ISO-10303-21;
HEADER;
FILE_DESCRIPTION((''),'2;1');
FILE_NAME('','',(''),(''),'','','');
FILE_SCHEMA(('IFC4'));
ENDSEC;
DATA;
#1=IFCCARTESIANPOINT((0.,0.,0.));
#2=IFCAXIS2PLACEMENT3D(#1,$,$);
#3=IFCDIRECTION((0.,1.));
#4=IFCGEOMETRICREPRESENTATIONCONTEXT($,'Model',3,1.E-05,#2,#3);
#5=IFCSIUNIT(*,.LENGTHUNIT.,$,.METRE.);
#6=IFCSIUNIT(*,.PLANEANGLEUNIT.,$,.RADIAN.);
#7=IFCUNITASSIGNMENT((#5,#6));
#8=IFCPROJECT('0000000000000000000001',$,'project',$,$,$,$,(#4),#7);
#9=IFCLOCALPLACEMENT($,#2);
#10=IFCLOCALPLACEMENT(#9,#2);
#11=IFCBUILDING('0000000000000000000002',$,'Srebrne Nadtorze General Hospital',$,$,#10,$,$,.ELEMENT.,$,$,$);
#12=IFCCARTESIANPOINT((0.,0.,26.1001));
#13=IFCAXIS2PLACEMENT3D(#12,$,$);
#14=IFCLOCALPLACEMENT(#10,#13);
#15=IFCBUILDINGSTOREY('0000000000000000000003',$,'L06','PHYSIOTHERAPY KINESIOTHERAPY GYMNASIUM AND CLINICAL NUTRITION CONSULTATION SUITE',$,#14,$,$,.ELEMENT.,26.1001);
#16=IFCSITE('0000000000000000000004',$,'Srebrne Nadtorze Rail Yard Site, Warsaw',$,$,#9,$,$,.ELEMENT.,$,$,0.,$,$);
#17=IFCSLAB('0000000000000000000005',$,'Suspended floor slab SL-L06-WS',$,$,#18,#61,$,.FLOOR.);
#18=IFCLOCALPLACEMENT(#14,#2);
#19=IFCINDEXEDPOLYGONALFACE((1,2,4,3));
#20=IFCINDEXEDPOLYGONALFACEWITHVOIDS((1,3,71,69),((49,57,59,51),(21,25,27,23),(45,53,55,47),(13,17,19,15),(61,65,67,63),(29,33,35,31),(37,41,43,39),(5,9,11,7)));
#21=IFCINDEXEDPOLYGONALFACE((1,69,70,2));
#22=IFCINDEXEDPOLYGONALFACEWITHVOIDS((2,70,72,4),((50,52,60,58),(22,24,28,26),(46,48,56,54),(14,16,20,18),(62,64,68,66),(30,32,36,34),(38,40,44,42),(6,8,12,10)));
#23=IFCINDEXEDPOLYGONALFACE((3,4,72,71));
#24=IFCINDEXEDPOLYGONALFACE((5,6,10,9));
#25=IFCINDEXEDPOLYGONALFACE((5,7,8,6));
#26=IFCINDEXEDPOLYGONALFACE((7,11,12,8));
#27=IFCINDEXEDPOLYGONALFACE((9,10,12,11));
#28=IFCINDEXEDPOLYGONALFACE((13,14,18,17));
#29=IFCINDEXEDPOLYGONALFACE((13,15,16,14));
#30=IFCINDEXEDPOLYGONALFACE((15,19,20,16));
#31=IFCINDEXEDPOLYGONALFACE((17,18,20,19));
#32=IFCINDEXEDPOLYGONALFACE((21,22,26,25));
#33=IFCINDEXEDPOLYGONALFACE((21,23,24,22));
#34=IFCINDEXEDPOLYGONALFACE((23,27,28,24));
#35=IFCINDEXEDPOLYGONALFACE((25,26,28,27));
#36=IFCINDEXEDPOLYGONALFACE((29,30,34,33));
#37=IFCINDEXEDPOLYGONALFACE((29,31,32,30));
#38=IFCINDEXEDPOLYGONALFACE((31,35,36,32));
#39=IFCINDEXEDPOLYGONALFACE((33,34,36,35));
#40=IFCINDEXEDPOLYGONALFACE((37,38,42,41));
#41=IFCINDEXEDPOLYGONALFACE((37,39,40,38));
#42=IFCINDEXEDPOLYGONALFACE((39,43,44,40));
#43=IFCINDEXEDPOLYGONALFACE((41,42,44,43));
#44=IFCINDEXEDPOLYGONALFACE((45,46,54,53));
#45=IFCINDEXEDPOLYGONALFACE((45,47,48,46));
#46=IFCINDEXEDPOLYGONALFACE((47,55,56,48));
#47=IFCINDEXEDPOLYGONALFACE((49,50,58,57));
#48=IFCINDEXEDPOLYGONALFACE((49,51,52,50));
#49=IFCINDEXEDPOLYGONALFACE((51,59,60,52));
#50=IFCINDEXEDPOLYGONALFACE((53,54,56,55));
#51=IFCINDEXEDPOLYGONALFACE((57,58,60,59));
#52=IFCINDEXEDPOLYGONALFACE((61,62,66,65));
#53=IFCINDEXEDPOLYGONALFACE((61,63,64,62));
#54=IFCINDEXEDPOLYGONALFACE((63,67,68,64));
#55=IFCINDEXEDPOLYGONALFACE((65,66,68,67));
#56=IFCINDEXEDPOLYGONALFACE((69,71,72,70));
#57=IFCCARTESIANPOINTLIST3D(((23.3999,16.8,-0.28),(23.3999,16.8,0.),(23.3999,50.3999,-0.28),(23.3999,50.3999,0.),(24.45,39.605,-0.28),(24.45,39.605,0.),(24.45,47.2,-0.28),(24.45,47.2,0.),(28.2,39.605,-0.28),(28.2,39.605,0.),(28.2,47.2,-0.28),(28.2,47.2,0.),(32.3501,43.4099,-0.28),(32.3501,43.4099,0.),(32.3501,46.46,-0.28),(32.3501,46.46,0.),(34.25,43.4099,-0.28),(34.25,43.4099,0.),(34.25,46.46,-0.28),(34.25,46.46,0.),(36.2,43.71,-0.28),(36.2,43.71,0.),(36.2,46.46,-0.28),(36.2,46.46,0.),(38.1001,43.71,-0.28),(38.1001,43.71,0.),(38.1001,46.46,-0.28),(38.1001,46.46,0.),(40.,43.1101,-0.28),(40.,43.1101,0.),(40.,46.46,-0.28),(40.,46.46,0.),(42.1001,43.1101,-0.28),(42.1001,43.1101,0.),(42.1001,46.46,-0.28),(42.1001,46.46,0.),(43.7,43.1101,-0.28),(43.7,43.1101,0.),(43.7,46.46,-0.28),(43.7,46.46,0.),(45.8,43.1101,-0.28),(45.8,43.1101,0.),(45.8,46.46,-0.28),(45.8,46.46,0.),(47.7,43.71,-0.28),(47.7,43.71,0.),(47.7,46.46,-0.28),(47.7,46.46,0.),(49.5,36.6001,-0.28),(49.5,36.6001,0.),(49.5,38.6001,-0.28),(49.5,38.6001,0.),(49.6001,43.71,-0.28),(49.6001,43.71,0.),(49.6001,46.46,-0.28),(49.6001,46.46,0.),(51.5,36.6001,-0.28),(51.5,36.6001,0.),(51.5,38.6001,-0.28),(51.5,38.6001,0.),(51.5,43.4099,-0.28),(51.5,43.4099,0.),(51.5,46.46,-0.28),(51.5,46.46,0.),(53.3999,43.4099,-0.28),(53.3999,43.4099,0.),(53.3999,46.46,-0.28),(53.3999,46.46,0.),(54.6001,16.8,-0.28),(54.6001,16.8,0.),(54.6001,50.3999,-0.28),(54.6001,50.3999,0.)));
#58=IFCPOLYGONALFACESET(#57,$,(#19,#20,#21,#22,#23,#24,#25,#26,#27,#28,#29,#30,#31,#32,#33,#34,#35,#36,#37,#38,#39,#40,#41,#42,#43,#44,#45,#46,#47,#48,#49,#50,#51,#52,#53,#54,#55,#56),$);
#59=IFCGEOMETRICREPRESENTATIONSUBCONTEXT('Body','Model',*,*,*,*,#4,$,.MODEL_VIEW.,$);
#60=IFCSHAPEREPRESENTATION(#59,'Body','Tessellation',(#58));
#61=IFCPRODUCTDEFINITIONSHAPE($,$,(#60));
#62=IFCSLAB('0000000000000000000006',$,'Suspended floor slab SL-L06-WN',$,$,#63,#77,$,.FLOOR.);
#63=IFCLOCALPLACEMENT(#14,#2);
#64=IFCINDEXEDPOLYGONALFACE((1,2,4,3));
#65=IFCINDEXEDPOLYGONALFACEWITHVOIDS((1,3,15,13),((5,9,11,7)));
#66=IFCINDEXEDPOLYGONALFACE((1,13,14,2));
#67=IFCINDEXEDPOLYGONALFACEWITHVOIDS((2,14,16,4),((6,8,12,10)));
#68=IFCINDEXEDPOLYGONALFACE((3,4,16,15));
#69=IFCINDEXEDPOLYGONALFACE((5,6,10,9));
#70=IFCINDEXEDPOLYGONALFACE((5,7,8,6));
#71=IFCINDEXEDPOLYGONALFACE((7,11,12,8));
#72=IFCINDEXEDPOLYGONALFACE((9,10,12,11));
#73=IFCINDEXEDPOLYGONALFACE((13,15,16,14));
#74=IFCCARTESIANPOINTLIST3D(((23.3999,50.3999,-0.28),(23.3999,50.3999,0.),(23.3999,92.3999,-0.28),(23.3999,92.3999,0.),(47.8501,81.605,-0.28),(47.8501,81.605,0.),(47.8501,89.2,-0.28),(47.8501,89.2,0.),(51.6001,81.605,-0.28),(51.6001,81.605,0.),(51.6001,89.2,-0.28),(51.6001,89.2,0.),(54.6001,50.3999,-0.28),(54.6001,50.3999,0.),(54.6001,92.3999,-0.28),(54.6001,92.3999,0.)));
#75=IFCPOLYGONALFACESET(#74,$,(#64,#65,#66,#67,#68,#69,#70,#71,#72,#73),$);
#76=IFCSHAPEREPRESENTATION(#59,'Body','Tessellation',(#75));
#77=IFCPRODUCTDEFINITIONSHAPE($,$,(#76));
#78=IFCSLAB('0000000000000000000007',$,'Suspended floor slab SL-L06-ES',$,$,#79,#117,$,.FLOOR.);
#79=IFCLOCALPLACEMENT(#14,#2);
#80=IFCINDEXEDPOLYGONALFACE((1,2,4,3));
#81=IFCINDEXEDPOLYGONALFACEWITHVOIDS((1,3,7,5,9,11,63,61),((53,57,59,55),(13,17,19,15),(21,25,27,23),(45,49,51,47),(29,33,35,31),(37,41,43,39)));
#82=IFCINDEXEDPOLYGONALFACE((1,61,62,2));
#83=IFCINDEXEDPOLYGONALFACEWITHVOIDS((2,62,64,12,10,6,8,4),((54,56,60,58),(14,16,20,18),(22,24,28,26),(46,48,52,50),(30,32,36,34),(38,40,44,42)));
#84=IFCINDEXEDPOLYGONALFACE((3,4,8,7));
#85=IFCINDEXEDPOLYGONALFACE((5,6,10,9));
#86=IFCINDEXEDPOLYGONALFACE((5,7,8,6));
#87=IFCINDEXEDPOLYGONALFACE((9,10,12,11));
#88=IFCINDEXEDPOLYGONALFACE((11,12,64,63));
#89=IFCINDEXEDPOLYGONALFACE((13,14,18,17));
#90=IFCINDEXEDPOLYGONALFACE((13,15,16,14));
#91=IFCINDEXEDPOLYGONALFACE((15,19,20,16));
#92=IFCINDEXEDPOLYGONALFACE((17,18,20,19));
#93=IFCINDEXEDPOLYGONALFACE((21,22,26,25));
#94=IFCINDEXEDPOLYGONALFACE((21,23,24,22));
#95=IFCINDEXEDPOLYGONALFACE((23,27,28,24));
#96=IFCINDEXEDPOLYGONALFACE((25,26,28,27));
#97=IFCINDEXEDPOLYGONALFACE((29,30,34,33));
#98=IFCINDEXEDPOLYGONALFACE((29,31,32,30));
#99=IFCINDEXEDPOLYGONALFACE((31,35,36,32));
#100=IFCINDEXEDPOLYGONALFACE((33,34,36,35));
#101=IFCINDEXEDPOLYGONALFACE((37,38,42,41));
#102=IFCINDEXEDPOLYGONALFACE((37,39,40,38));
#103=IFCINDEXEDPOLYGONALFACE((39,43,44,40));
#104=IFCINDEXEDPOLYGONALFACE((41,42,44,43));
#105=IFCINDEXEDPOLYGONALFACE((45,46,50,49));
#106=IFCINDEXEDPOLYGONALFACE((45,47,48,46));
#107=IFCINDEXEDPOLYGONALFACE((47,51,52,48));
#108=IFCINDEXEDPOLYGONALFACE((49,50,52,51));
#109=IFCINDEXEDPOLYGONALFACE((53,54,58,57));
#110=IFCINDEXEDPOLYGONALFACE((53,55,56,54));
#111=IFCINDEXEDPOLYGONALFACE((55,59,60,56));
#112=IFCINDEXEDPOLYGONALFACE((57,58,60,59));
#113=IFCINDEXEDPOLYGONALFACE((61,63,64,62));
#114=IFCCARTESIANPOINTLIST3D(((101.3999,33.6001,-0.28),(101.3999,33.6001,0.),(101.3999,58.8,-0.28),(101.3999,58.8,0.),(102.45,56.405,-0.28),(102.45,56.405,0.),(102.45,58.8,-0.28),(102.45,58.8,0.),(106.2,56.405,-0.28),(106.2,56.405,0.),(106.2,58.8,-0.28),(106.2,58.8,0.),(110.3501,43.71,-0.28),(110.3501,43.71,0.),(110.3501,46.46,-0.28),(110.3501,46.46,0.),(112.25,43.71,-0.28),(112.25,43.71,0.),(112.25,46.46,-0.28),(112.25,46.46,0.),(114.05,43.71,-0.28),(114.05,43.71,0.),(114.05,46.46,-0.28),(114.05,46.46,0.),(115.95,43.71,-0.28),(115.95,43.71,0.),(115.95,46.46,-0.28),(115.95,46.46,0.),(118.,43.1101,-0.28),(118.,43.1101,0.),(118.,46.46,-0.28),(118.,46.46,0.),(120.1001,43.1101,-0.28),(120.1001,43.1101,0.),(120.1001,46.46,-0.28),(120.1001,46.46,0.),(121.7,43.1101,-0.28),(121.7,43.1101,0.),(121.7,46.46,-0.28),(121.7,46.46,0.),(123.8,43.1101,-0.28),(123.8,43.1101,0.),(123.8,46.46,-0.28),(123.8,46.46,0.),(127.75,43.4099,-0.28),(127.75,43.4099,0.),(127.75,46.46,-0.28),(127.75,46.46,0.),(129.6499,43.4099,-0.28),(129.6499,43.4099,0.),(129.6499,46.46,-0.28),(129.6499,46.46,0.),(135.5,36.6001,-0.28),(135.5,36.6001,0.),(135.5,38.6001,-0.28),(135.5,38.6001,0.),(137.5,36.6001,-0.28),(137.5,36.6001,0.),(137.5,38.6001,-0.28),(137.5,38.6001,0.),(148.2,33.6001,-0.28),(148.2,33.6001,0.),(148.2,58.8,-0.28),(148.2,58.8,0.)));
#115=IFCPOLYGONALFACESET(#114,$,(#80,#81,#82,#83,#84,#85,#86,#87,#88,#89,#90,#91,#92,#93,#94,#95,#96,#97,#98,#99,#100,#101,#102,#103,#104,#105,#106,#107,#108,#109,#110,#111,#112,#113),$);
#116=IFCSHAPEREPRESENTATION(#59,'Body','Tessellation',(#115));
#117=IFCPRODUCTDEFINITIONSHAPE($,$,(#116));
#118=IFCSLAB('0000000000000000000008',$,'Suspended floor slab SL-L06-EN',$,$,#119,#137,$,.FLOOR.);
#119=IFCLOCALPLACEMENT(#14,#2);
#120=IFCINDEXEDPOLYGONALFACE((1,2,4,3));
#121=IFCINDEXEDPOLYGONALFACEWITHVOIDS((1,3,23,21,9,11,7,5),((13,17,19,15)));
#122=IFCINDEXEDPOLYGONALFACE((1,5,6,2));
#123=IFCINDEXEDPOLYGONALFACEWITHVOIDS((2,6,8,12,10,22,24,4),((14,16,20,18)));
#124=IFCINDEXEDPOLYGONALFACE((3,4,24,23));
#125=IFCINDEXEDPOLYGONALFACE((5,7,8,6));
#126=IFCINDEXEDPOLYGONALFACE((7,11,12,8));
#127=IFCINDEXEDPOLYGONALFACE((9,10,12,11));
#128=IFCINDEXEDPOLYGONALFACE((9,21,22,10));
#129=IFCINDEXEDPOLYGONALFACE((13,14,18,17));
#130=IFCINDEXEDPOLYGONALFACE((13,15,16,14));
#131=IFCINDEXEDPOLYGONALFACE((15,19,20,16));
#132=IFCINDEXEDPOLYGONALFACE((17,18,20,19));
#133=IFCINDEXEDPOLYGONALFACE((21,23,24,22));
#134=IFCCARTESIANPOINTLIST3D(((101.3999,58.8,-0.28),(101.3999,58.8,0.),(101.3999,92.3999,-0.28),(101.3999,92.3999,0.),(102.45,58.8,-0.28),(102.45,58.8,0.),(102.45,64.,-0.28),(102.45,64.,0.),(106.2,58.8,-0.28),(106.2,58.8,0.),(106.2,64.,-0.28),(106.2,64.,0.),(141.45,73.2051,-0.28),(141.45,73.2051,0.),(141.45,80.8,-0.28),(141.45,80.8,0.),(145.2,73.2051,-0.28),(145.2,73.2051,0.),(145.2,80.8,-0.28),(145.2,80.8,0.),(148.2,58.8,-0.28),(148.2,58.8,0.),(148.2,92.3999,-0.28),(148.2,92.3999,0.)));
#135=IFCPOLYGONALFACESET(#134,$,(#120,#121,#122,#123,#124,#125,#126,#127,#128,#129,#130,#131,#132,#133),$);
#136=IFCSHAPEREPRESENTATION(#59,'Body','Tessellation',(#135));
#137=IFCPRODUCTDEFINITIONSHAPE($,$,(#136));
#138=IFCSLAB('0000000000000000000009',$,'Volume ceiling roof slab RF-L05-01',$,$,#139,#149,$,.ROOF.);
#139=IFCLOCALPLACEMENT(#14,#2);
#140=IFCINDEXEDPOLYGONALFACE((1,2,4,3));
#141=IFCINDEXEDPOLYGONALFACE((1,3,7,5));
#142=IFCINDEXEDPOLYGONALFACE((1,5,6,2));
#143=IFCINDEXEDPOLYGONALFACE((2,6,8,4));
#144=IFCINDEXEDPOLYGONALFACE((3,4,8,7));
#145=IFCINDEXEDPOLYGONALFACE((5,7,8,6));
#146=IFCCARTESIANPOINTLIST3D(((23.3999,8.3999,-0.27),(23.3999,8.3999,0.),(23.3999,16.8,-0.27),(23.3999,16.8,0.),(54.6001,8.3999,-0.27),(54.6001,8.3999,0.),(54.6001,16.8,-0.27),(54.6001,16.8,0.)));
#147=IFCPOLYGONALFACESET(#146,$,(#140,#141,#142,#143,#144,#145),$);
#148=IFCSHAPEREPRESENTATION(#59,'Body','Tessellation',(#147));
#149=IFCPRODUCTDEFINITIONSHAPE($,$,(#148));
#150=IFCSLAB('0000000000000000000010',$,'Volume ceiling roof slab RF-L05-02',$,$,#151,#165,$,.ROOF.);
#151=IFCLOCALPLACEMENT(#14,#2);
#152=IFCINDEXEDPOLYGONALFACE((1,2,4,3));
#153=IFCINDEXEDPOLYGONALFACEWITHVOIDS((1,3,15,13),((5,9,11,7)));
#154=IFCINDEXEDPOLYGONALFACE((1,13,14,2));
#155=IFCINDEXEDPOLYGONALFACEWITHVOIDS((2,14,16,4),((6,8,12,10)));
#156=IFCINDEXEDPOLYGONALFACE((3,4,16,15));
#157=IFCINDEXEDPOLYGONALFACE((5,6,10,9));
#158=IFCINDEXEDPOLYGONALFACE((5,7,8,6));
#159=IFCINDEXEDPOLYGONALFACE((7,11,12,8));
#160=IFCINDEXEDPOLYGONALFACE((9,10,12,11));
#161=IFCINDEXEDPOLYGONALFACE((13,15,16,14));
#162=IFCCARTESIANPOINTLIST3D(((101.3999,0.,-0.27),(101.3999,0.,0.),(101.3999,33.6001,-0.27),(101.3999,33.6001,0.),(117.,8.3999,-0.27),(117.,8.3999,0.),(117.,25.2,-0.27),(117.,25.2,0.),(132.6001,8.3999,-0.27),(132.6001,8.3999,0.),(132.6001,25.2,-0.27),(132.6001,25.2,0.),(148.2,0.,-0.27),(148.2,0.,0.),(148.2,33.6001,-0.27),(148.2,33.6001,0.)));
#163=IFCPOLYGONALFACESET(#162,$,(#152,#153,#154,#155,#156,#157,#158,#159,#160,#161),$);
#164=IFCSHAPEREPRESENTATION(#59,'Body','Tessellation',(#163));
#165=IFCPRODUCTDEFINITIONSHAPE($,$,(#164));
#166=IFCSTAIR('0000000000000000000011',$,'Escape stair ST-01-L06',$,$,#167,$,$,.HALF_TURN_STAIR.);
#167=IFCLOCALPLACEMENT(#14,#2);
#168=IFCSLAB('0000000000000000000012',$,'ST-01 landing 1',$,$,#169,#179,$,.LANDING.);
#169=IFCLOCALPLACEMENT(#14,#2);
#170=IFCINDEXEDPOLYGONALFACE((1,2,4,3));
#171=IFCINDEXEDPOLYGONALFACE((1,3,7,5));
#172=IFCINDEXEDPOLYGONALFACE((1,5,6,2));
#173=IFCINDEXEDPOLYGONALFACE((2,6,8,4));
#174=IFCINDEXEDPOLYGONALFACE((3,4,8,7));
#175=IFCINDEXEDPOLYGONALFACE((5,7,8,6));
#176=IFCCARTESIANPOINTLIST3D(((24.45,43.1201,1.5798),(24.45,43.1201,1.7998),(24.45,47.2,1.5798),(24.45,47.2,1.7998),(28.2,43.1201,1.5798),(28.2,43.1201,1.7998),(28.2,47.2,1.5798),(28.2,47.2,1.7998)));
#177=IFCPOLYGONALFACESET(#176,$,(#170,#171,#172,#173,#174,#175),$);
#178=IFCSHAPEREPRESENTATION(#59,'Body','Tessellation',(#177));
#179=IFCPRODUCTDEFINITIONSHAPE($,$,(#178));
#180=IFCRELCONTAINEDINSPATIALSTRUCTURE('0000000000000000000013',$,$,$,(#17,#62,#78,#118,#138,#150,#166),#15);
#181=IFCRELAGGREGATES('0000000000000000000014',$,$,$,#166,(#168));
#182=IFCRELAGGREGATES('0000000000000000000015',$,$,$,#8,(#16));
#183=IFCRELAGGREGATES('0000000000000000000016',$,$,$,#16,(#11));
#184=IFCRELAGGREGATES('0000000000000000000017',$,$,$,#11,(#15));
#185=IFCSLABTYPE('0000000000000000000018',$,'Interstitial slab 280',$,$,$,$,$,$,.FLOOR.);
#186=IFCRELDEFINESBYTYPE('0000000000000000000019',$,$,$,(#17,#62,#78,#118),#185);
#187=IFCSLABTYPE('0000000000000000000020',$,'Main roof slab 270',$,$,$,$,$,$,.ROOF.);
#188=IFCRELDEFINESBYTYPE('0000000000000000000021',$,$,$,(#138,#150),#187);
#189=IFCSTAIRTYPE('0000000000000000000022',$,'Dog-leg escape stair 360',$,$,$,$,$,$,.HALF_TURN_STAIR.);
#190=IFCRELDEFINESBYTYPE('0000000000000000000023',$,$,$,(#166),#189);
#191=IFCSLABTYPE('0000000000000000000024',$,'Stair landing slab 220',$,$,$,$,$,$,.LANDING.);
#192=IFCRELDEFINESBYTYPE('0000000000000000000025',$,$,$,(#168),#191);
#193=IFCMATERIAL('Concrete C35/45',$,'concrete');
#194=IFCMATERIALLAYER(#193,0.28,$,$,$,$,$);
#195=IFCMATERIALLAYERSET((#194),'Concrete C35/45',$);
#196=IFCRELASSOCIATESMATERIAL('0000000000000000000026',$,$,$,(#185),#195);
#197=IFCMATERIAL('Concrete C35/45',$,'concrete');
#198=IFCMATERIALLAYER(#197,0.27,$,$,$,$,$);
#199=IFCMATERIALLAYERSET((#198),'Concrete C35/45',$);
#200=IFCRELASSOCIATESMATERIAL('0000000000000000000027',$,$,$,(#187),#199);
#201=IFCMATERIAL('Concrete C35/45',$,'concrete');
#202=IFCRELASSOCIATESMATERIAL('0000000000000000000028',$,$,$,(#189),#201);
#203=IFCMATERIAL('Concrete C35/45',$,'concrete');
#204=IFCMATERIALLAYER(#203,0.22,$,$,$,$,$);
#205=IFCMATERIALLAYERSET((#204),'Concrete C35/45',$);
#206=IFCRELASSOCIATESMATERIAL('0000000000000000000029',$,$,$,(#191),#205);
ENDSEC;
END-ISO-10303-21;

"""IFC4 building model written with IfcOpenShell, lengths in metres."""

from ifc_helpers import new_model, si_unit, direction, frame, origin, place, context, subcontext, project, spatial, polyline, outline, extrude, material, layer, layer_set, type_object, element, aggregate, save


model = new_model("IFC4")

# Units and contexts
model_context = context("Model", 3, precision=1e-05, world=origin(), true_north=direction((0.0, 1.0)))
body_context = subcontext(model_context, "Body", "Model", "MODEL_VIEW")
ifc_project = project(units=[si_unit("LENGTHUNIT", "METRE"), si_unit("PLANEANGLEUNIT", "RADIAN")], contexts=[model_context])

# Site, building, storey
site_placement = place(None, origin())
site = spatial("IfcSite", under=ifc_project, at=site_placement, Name="Srebrne Nadtorze Rail Yard Site, Warsaw", CompositionType="ELEMENT", RefElevation=0.0)
building_placement = place(site_placement, origin())
building = spatial("IfcBuilding", under=site, at=building_placement, Name="Srebrne Nadtorze General Hospital", CompositionType="ELEMENT")
storey_placement = place(building_placement, frame((0.0, 0.0, 26.1001)))
storey = spatial("IfcBuildingStorey", under=building, at=storey_placement, Name="L06", Description="PHYSIOTHERAPY KINESIOTHERAPY GYMNASIUM AND CLINICAL NUTRITION CONSULTATION SUITE", CompositionType="ELEMENT", Elevation=26.1001)

# Slabs
ifc_material_1 = material(Name="Concrete C35/45", Category="concrete")
ifc_layer_1 = layer(ifc_material_1, 0.28)
ifc_layer_set_1 = layer_set([ifc_layer_1], Name="Concrete C35/45")
slab_type_1 = type_object("IfcSlabType", Name="Interstitial slab 280", PredefinedType="FLOOR", material=ifc_layer_set_1)
slab_1_placement = place(storey_placement, frame((0.0, 0.0, -0.28)))
element("IfcSlab", 1, at=slab_1_placement, inside=storey, type_object=slab_type_1, Name="Suspended floor slab SL-L06-WS", PredefinedType="FLOOR", context=body_context, shape_type="SweptSolid", body=[
    extrude(outline(polyline([(54.6001, 16.8), (54.6001, 50.3999), (23.3999, 50.3999), (23.3999, 16.8), (54.6001, 16.8)]), holes=[polyline([(51.5, 36.6001), (49.5, 36.6001), (49.5, 38.6001), (51.5, 38.6001), (51.5, 36.6001)]), polyline([(28.2, 39.605), (24.45, 39.605), (24.45, 47.2), (28.2, 47.2), (28.2, 39.605)]), polyline([(42.1001, 43.1101), (40.0, 43.1101), (40.0, 46.46), (42.1001, 46.46), (42.1001, 43.1101)]), polyline([(45.8, 43.1101), (43.7, 43.1101), (43.7, 46.46), (45.8, 46.46), (45.8, 43.1101)]), polyline([(34.25, 43.4099), (32.3501, 43.4099), (32.3501, 46.46), (34.25, 46.46), (34.25, 43.4099)]), polyline([(53.3999, 43.4099), (51.5, 43.4099), (51.5, 46.46), (53.3999, 46.46), (53.3999, 43.4099)]), polyline([(38.1001, 43.71), (36.2, 43.71), (36.2, 46.46), (38.1001, 46.46), (38.1001, 43.71)]), polyline([(49.6001, 43.71), (47.7, 43.71), (47.7, 46.46), (49.6001, 46.46), (49.6001, 43.71)])]), origin(), (0.0, 0.0, 1.0), 0.28),
])
slab_2_placement = place(storey_placement, frame((0.0, 0.0, -0.28)))
element("IfcSlab", 2, at=slab_2_placement, inside=storey, type_object=slab_type_1, Name="Suspended floor slab SL-L06-WN", PredefinedType="FLOOR", context=body_context, shape_type="SweptSolid", body=[
    extrude(outline(polyline([(54.6001, 50.3999), (54.6001, 92.3999), (23.3999, 92.3999), (23.3999, 50.3999), (54.6001, 50.3999)]), holes=[polyline([(51.6001, 81.605), (47.8501, 81.605), (47.8501, 89.2), (51.6001, 89.2), (51.6001, 81.605)])]), origin(), (0.0, 0.0, 1.0), 0.28),
])
slab_3_placement = place(storey_placement, frame((0.0, 0.0, -0.28)))
element("IfcSlab", 3, at=slab_3_placement, inside=storey, type_object=slab_type_1, Name="Suspended floor slab SL-L06-ES", PredefinedType="FLOOR", context=body_context, shape_type="SweptSolid", body=[
    extrude(outline(polyline([(106.2, 58.8), (106.2, 56.405), (102.45, 56.405), (102.45, 58.8), (101.3999, 58.8), (101.3999, 33.6001), (148.2, 33.6001), (148.2, 58.8), (106.2, 58.8)]), holes=[polyline([(137.5, 36.6001), (135.5, 36.6001), (135.5, 38.6001), (137.5, 38.6001), (137.5, 36.6001)]), polyline([(120.1001, 43.1101), (118.0, 43.1101), (118.0, 46.46), (120.1001, 46.46), (120.1001, 43.1101)]), polyline([(123.8, 43.1101), (121.7, 43.1101), (121.7, 46.46), (123.8, 46.46), (123.8, 43.1101)]), polyline([(129.6499, 43.4099), (127.75, 43.4099), (127.75, 46.46), (129.6499, 46.46), (129.6499, 43.4099)]), polyline([(112.25, 43.71), (110.3501, 43.71), (110.3501, 46.46), (112.25, 46.46), (112.25, 43.71)]), polyline([(115.95, 43.71), (114.05, 43.71), (114.05, 46.46), (115.95, 46.46), (115.95, 43.71)])]), origin(), (0.0, 0.0, 1.0), 0.28),
])
slab_4_placement = place(storey_placement, frame((0.0, 0.0, -0.28)))
element("IfcSlab", 4, at=slab_4_placement, inside=storey, type_object=slab_type_1, Name="Suspended floor slab SL-L06-EN", PredefinedType="FLOOR", context=body_context, shape_type="SweptSolid", body=[
    extrude(outline(polyline([(102.45, 58.8), (102.45, 64.0), (106.2, 64.0), (106.2, 58.8), (148.2, 58.8), (148.2, 92.3999), (101.3999, 92.3999), (101.3999, 58.8), (102.45, 58.8)]), holes=[polyline([(141.45, 73.2051), (141.45, 80.8), (145.2, 80.8), (145.2, 73.2051), (141.45, 73.2051)])]), origin(), (0.0, 0.0, 1.0), 0.28),
])
ifc_material_2 = material(Name="Concrete C35/45", Category="concrete")
ifc_layer_2 = layer(ifc_material_2, 0.27)
ifc_layer_set_2 = layer_set([ifc_layer_2], Name="Concrete C35/45")
slab_type_2 = type_object("IfcSlabType", Name="Main roof slab 270", PredefinedType="ROOF", material=ifc_layer_set_2)
slab_5_placement = place(storey_placement, frame((0.0, 0.0, -0.27)))
element("IfcSlab", 5, at=slab_5_placement, inside=storey, type_object=slab_type_2, Name="Volume ceiling roof slab RF-L05-01", PredefinedType="ROOF", context=body_context, shape_type="SweptSolid", body=[
    extrude(outline(polyline([(54.6001, 16.8), (23.3999, 16.8), (23.3999, 8.3999), (54.6001, 8.3999), (54.6001, 16.8)])), origin(), (0.0, 0.0, 1.0), 0.27),
])
slab_6_placement = place(storey_placement, frame((0.0, 0.0, -0.27)))
element("IfcSlab", 6, at=slab_6_placement, inside=storey, type_object=slab_type_2, Name="Volume ceiling roof slab RF-L05-02", PredefinedType="ROOF", context=body_context, shape_type="SweptSolid", body=[
    extrude(outline(polyline([(148.2, 33.6001), (101.3999, 33.6001), (101.3999, 0.0), (148.2, 0.0), (148.2, 33.6001)]), holes=[polyline([(132.6001, 25.2), (132.6001, 8.3999), (117.0, 8.3999), (117.0, 25.2), (132.6001, 25.2)])]), origin(), (0.0, 0.0, 1.0), 0.27),
])

# Stair, slab
ifc_material_3 = material(Name="Concrete C35/45", Category="concrete")
stair_type = type_object("IfcStairType", Name="Dog-leg escape stair 360", PredefinedType="HALF_TURN_STAIR", material=ifc_material_3)
stair_1_placement = place(storey_placement, origin())
stair_1 = element("IfcStair", 7, at=stair_1_placement, inside=storey, type_object=stair_type, Name="Escape stair ST-01-L06", PredefinedType="HALF_TURN_STAIR")
ifc_material_4 = material(Name="Concrete C35/45", Category="concrete")
ifc_layer_3 = layer(ifc_material_4, 0.22)
ifc_layer_set_3 = layer_set([ifc_layer_3], Name="Concrete C35/45")
slab_type_3 = type_object("IfcSlabType", Name="Stair landing slab 220", PredefinedType="LANDING", material=ifc_layer_set_3)
slab_7_placement = place(storey_placement, frame((0.0, 0.0, 1.5798)))
slab_7 = element("IfcSlab", 8, at=slab_7_placement, type_object=slab_type_3, Name="ST-01 landing 1", PredefinedType="LANDING", context=body_context, shape_type="SweptSolid", body=[
    extrude(outline(polyline([(24.45, 43.1201), (28.2, 43.1201), (28.2, 47.2), (24.45, 47.2), (24.45, 43.1201)])), origin(), (0.0, 0.0, 1.0), 0.22),
])
aggregate(stair_1, [slab_7])

save(model, "model.ifc")
